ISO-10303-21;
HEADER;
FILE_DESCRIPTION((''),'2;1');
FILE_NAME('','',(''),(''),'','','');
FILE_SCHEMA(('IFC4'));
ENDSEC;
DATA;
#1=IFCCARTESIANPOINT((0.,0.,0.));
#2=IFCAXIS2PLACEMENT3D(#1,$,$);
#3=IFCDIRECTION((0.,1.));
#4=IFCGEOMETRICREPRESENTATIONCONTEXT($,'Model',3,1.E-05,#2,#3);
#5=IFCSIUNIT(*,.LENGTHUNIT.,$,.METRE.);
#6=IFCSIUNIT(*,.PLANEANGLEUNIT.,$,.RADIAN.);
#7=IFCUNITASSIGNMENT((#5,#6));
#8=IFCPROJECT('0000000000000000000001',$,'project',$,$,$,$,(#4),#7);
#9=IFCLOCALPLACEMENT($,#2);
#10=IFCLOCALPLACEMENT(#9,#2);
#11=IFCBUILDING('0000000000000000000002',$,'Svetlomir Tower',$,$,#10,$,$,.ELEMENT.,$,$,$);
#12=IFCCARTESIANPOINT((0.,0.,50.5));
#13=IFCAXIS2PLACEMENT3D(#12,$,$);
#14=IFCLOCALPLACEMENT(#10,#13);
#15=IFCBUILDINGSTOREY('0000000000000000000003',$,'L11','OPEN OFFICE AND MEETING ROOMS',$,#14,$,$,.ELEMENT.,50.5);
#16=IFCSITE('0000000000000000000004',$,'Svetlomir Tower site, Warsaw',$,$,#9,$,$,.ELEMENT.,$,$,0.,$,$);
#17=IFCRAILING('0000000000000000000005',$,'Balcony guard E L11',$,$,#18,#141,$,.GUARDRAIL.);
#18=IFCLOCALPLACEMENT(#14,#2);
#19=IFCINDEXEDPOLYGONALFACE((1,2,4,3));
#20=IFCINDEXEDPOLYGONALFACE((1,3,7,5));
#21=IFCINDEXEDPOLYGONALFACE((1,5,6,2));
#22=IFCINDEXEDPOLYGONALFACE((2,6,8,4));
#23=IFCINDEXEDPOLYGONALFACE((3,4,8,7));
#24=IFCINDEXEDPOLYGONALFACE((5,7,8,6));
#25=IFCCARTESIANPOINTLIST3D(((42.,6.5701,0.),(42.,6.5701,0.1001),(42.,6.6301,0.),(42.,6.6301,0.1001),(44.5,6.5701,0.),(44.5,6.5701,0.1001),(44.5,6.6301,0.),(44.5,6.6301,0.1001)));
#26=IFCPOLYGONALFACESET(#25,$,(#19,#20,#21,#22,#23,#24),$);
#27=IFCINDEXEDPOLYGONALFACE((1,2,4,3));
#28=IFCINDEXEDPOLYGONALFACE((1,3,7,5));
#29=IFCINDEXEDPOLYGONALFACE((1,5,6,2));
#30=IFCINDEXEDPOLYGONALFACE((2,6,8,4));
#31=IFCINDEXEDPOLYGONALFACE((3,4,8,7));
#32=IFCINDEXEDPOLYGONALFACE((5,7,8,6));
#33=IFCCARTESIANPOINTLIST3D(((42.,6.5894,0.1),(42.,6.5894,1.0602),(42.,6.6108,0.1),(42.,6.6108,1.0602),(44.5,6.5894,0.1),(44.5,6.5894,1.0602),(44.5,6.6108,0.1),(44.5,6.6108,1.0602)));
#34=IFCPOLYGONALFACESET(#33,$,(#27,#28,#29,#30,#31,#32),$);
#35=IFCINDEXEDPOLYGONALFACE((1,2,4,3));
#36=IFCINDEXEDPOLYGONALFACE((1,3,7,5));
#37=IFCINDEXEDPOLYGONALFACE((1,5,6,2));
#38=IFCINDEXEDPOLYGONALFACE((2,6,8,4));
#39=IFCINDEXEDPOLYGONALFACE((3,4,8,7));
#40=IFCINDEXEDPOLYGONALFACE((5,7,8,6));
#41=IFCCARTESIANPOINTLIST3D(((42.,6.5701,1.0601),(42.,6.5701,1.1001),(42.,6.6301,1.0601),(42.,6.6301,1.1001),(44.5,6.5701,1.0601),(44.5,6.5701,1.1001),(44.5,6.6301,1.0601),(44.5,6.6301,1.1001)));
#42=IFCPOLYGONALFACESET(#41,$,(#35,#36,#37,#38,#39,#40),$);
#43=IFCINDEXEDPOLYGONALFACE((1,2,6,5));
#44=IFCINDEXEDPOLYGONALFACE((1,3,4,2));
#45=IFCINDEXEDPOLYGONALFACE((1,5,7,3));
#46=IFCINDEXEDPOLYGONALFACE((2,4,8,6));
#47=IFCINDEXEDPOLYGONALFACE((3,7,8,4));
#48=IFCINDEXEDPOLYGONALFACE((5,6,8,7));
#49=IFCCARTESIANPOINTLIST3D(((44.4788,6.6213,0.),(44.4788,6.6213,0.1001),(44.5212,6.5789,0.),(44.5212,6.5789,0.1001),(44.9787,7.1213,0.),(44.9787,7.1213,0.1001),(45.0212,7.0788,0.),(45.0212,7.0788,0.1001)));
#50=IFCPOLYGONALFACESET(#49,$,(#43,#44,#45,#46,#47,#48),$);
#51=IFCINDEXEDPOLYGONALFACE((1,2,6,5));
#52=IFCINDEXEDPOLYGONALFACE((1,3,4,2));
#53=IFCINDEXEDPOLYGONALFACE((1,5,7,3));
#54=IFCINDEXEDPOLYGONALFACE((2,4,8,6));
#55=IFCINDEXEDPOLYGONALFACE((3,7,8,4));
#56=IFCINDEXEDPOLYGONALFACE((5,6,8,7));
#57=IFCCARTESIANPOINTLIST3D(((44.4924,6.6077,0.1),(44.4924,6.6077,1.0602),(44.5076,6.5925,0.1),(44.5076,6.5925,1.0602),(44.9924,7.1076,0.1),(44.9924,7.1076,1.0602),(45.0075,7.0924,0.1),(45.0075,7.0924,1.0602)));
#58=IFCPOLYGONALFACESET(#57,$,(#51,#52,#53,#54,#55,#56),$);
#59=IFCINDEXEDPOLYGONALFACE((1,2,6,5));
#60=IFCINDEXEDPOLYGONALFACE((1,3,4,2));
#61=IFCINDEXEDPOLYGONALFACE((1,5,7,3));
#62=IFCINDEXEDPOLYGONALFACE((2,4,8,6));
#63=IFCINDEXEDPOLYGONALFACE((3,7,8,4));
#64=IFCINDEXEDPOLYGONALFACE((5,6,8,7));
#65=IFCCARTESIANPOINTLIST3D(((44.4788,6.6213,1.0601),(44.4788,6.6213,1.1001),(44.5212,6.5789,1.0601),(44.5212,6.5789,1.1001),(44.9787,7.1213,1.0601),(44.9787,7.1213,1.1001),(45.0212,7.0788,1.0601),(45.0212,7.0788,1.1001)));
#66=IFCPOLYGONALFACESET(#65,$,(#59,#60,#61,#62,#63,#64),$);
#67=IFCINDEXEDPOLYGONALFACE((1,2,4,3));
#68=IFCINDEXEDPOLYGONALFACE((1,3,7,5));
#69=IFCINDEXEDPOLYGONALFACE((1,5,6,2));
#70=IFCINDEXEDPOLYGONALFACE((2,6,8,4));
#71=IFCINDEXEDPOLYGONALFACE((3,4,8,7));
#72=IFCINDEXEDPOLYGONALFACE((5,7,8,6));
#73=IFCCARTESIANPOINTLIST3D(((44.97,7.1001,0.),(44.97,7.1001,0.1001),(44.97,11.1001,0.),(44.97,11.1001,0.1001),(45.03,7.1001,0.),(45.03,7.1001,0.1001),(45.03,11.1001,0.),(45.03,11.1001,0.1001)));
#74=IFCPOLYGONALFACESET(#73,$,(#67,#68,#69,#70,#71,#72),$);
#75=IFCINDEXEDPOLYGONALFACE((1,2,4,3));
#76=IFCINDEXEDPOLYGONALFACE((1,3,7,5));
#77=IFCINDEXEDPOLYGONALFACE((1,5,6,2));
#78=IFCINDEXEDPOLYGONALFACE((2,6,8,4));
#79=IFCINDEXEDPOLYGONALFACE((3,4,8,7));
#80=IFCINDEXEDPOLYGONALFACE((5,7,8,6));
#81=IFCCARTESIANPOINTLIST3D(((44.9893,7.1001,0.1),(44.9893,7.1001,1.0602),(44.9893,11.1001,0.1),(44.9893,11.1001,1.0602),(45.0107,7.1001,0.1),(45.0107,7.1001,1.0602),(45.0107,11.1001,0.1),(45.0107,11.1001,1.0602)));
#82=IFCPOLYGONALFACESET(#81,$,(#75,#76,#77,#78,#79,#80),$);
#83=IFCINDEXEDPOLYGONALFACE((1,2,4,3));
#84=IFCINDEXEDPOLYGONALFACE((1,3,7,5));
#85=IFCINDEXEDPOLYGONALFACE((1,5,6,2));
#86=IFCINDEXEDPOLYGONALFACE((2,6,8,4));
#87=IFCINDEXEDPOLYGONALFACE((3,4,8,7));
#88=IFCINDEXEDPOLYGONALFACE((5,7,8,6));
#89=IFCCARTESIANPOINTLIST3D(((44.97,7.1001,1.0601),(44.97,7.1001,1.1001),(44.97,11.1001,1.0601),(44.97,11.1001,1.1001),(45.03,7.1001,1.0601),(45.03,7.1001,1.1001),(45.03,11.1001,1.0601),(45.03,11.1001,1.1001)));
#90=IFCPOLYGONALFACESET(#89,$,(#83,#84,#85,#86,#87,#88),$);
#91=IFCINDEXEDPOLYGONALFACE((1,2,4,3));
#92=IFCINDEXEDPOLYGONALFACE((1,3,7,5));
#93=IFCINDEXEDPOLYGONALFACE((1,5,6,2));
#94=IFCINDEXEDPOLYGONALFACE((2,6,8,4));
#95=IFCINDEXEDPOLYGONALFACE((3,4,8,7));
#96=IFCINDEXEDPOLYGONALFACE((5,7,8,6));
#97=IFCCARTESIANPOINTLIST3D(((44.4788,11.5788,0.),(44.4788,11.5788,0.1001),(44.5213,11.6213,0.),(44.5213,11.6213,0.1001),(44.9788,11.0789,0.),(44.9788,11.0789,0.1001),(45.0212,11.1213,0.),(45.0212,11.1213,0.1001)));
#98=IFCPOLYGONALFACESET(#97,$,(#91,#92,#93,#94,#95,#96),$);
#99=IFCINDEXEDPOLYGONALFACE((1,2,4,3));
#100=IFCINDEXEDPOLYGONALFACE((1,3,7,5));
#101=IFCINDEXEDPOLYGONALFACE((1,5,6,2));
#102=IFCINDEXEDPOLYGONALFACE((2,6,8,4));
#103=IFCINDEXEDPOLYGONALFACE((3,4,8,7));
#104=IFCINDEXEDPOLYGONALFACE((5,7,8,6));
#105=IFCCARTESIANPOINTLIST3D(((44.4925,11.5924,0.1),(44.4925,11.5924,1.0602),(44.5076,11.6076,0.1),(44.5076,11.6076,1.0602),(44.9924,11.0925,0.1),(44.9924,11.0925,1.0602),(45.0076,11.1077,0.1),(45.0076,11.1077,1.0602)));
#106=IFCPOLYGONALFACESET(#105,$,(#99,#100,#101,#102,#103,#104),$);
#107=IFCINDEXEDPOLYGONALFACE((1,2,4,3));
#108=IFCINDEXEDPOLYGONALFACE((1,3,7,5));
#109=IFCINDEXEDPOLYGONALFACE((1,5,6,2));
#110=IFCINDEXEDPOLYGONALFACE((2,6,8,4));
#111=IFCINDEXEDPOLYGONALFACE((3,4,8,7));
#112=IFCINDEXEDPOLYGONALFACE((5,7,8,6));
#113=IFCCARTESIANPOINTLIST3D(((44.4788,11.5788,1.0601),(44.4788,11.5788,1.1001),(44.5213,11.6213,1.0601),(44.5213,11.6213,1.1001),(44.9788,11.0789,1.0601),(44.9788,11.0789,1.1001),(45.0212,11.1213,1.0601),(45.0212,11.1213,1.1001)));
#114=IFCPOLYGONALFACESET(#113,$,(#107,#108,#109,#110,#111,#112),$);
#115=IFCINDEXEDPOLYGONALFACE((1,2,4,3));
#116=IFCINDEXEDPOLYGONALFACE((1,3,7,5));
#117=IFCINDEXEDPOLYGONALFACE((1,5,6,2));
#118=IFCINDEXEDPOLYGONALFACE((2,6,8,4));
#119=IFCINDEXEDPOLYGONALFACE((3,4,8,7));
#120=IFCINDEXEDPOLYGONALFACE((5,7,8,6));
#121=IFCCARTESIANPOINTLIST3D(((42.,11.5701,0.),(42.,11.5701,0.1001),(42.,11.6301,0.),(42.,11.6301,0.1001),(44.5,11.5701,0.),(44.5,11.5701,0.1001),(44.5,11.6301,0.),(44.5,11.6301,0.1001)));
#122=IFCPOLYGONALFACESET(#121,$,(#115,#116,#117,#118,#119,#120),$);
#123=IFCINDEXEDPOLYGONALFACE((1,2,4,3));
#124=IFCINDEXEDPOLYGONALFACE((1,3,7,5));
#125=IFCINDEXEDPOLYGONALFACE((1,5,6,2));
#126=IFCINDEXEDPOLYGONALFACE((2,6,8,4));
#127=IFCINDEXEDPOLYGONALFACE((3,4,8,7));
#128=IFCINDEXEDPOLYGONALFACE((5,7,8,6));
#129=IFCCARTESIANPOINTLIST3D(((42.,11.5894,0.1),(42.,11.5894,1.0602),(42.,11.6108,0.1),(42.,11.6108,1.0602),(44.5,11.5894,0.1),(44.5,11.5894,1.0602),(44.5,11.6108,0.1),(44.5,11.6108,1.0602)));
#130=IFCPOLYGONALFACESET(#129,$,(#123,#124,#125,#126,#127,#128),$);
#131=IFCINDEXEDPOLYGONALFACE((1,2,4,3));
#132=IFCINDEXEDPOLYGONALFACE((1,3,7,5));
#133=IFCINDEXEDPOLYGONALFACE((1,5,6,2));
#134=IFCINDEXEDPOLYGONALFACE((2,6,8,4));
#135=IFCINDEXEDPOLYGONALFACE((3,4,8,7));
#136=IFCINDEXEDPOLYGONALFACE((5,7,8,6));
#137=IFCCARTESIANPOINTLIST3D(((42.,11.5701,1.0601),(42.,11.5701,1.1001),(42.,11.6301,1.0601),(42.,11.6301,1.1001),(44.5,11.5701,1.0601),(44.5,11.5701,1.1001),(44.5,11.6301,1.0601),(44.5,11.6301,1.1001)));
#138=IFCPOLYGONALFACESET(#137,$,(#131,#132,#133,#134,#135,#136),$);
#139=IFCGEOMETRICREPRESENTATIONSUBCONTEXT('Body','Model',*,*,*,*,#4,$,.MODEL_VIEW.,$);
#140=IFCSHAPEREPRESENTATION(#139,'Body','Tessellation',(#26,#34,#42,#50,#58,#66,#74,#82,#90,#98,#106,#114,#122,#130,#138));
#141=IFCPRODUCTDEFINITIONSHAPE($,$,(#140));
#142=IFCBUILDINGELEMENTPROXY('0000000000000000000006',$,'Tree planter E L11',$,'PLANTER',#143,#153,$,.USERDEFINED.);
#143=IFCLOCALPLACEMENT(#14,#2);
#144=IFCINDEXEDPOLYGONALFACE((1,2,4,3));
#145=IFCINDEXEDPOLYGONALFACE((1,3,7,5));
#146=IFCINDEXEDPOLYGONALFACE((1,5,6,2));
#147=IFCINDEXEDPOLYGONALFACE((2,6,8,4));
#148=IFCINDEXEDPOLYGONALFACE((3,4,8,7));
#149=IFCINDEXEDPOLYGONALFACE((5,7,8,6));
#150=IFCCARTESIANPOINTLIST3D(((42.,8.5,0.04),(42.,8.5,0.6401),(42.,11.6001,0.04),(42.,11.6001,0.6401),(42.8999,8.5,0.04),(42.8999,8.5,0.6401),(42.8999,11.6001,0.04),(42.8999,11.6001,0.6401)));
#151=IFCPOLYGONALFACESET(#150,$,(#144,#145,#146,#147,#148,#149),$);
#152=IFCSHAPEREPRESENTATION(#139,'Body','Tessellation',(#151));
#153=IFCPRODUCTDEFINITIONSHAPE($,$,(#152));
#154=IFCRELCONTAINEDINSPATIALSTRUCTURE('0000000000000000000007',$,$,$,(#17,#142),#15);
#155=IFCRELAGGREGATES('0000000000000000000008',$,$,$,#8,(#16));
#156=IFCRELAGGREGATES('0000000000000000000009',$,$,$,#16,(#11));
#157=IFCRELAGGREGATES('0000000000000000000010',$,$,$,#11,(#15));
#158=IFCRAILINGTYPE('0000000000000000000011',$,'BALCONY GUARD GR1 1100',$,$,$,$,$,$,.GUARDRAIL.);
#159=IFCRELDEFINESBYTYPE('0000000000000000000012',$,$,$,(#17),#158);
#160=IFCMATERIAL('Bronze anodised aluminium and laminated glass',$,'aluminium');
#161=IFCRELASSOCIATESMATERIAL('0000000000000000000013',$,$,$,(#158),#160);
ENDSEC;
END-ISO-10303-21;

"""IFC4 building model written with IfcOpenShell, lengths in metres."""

from ifc_helpers import new_model, si_unit, direction, frame, origin, origin_2d, place, context, subcontext, project, spatial, rectangle, extrude, material, type_object, element, save


model = new_model("IFC4")

# Units and contexts
model_context = context("Model", 3, precision=1e-05, world=origin(), true_north=direction((0.0, 1.0)))
body_context = subcontext(model_context, "Body", "Model", "MODEL_VIEW")
ifc_project = project(units=[si_unit("LENGTHUNIT", "METRE"), si_unit("PLANEANGLEUNIT", "RADIAN")], contexts=[model_context])

# Site, building, storey
site_placement = place(None, origin())
site = spatial("IfcSite", under=ifc_project, at=site_placement, Name="Svetlomir Tower site, Warsaw", CompositionType="ELEMENT", RefElevation=0.0)
building_placement = place(site_placement, origin())
building = spatial("IfcBuilding", under=site, at=building_placement, Name="Svetlomir Tower", CompositionType="ELEMENT")
storey_placement = place(building_placement, frame((0.0, 0.0, 50.5)))
storey = spatial("IfcBuildingStorey", under=building, at=storey_placement, Name="L11", Description="OPEN OFFICE AND MEETING ROOMS", CompositionType="ELEMENT", Elevation=50.5)

# Railing
ifc_material_1 = material(Name="Bronze anodised aluminium and laminated glass", Category="aluminium")
railing_type = type_object("IfcRailingType", Name="BALCONY GUARD GR1 1100", PredefinedType="GUARDRAIL", material=ifc_material_1)
railing_placement = place(storey_placement, frame((42.0, 6.6001, 0.0)))
element("IfcRailing", 1, at=railing_placement, inside=storey, type_object=railing_type, Name="Balcony guard E L11", PredefinedType="GUARDRAIL", context=body_context, shape_type="SweptSolid", body=[
    extrude(rectangle(XDim=0.0601, YDim=0.1001, at=origin_2d()), frame((0.0, 0.0, 0.05), z_axis=(1.0, 0.0, 0.0), x_axis=(0.0, 1.0, 0.0)), (0.0, 0.0, 1.0), 2.5),
    extrude(rectangle(XDim=0.0215, YDim=0.9602, at=origin_2d()), frame((0.0, 0.0, 0.5801), z_axis=(1.0, 0.0, 0.0), x_axis=(0.0, 1.0, 0.0)), (0.0, 0.0, 1.0), 2.5),
    extrude(rectangle(XDim=0.0601, YDim=0.04, at=origin_2d()), frame((0.0, 0.0, 1.0801), z_axis=(1.0, 0.0, 0.0), x_axis=(0.0, 1.0, 0.0)), (0.0, 0.0, 1.0), 2.5),
    extrude(rectangle(XDim=0.0601, YDim=0.1001, at=origin_2d()), frame((2.5, 0.0, 0.05), z_axis=(0.707107, 0.707107, 0.0), x_axis=(-0.707107, 0.707107, 0.0)), (0.0, 0.0, 1.0), 0.707),
    extrude(rectangle(XDim=0.0215, YDim=0.9602, at=origin_2d()), frame((2.5, 0.0, 0.5801), z_axis=(0.707107, 0.707107, 0.0), x_axis=(-0.707107, 0.707107, 0.0)), (0.0, 0.0, 1.0), 0.707),
    extrude(rectangle(XDim=0.0601, YDim=0.04, at=origin_2d()), frame((2.5, 0.0, 1.0801), z_axis=(0.707107, 0.707107, 0.0), x_axis=(-0.707107, 0.707107, 0.0)), (0.0, 0.0, 1.0), 0.707),
    extrude(rectangle(XDim=0.0601, YDim=0.1001, at=origin_2d()), frame((3.0, 0.5, 0.05), z_axis=(0.0, 1.0, 0.0), x_axis=(-1.0, 0.0, 0.0)), (0.0, 0.0, 1.0), 4.0),
    extrude(rectangle(XDim=0.0215, YDim=0.9602, at=origin_2d()), frame((3.0, 0.5, 0.5801), z_axis=(0.0, 1.0, 0.0), x_axis=(-1.0, 0.0, 0.0)), (0.0, 0.0, 1.0), 4.0),
    extrude(rectangle(XDim=0.0601, YDim=0.04, at=origin_2d()), frame((3.0, 0.5, 1.0801), z_axis=(0.0, 1.0, 0.0), x_axis=(-1.0, 0.0, 0.0)), (0.0, 0.0, 1.0), 4.0),
    extrude(rectangle(XDim=0.0601, YDim=0.1001, at=origin_2d()), frame((3.0, 4.5, 0.05), z_axis=(-0.707107, 0.707107, 0.0), x_axis=(-0.707107, -0.707107, 0.0)), (0.0, 0.0, 1.0), 0.707),
    extrude(rectangle(XDim=0.0215, YDim=0.9602, at=origin_2d()), frame((3.0, 4.5, 0.5801), z_axis=(-0.707107, 0.707107, 0.0), x_axis=(-0.707107, -0.707107, 0.0)), (0.0, 0.0, 1.0), 0.707),
    extrude(rectangle(XDim=0.0601, YDim=0.04, at=origin_2d()), frame((3.0, 4.5, 1.0801), z_axis=(-0.707107, 0.707107, 0.0), x_axis=(-0.707107, -0.707107, 0.0)), (0.0, 0.0, 1.0), 0.707),
    extrude(rectangle(XDim=0.0601, YDim=0.1001, at=origin_2d()), frame((2.5, 5.0, 0.05), z_axis=(-1.0, 0.0, 0.0), x_axis=(0.0, -1.0, 0.0)), (0.0, 0.0, 1.0), 2.5),
    extrude(rectangle(XDim=0.0215, YDim=0.9602, at=origin_2d()), frame((2.5, 5.0, 0.5801), z_axis=(-1.0, 0.0, 0.0), x_axis=(0.0, -1.0, 0.0)), (0.0, 0.0, 1.0), 2.5),
    extrude(rectangle(XDim=0.0601, YDim=0.04, at=origin_2d()), frame((2.5, 5.0, 1.0801), z_axis=(-1.0, 0.0, 0.0), x_axis=(0.0, -1.0, 0.0)), (0.0, 0.0, 1.0), 2.5),
])

# Building element proxy
proxy_placement = place(storey_placement, frame((42.45, 10.05, 0.04), z_axis=(0.0, 0.0, 1.0), x_axis=(1.0, 0.0, 0.0)))
element("IfcBuildingElementProxy", 2, at=proxy_placement, inside=storey, Name="Tree planter E L11", ObjectType="PLANTER", PredefinedType="USERDEFINED", context=body_context, shape_type="SweptSolid", body=[
    extrude(rectangle(XDim=0.8999, YDim=3.1001, at=origin_2d()), origin(), (0.0, 0.0, 1.0), 0.6001),
])

save(model, "model.ifc")
